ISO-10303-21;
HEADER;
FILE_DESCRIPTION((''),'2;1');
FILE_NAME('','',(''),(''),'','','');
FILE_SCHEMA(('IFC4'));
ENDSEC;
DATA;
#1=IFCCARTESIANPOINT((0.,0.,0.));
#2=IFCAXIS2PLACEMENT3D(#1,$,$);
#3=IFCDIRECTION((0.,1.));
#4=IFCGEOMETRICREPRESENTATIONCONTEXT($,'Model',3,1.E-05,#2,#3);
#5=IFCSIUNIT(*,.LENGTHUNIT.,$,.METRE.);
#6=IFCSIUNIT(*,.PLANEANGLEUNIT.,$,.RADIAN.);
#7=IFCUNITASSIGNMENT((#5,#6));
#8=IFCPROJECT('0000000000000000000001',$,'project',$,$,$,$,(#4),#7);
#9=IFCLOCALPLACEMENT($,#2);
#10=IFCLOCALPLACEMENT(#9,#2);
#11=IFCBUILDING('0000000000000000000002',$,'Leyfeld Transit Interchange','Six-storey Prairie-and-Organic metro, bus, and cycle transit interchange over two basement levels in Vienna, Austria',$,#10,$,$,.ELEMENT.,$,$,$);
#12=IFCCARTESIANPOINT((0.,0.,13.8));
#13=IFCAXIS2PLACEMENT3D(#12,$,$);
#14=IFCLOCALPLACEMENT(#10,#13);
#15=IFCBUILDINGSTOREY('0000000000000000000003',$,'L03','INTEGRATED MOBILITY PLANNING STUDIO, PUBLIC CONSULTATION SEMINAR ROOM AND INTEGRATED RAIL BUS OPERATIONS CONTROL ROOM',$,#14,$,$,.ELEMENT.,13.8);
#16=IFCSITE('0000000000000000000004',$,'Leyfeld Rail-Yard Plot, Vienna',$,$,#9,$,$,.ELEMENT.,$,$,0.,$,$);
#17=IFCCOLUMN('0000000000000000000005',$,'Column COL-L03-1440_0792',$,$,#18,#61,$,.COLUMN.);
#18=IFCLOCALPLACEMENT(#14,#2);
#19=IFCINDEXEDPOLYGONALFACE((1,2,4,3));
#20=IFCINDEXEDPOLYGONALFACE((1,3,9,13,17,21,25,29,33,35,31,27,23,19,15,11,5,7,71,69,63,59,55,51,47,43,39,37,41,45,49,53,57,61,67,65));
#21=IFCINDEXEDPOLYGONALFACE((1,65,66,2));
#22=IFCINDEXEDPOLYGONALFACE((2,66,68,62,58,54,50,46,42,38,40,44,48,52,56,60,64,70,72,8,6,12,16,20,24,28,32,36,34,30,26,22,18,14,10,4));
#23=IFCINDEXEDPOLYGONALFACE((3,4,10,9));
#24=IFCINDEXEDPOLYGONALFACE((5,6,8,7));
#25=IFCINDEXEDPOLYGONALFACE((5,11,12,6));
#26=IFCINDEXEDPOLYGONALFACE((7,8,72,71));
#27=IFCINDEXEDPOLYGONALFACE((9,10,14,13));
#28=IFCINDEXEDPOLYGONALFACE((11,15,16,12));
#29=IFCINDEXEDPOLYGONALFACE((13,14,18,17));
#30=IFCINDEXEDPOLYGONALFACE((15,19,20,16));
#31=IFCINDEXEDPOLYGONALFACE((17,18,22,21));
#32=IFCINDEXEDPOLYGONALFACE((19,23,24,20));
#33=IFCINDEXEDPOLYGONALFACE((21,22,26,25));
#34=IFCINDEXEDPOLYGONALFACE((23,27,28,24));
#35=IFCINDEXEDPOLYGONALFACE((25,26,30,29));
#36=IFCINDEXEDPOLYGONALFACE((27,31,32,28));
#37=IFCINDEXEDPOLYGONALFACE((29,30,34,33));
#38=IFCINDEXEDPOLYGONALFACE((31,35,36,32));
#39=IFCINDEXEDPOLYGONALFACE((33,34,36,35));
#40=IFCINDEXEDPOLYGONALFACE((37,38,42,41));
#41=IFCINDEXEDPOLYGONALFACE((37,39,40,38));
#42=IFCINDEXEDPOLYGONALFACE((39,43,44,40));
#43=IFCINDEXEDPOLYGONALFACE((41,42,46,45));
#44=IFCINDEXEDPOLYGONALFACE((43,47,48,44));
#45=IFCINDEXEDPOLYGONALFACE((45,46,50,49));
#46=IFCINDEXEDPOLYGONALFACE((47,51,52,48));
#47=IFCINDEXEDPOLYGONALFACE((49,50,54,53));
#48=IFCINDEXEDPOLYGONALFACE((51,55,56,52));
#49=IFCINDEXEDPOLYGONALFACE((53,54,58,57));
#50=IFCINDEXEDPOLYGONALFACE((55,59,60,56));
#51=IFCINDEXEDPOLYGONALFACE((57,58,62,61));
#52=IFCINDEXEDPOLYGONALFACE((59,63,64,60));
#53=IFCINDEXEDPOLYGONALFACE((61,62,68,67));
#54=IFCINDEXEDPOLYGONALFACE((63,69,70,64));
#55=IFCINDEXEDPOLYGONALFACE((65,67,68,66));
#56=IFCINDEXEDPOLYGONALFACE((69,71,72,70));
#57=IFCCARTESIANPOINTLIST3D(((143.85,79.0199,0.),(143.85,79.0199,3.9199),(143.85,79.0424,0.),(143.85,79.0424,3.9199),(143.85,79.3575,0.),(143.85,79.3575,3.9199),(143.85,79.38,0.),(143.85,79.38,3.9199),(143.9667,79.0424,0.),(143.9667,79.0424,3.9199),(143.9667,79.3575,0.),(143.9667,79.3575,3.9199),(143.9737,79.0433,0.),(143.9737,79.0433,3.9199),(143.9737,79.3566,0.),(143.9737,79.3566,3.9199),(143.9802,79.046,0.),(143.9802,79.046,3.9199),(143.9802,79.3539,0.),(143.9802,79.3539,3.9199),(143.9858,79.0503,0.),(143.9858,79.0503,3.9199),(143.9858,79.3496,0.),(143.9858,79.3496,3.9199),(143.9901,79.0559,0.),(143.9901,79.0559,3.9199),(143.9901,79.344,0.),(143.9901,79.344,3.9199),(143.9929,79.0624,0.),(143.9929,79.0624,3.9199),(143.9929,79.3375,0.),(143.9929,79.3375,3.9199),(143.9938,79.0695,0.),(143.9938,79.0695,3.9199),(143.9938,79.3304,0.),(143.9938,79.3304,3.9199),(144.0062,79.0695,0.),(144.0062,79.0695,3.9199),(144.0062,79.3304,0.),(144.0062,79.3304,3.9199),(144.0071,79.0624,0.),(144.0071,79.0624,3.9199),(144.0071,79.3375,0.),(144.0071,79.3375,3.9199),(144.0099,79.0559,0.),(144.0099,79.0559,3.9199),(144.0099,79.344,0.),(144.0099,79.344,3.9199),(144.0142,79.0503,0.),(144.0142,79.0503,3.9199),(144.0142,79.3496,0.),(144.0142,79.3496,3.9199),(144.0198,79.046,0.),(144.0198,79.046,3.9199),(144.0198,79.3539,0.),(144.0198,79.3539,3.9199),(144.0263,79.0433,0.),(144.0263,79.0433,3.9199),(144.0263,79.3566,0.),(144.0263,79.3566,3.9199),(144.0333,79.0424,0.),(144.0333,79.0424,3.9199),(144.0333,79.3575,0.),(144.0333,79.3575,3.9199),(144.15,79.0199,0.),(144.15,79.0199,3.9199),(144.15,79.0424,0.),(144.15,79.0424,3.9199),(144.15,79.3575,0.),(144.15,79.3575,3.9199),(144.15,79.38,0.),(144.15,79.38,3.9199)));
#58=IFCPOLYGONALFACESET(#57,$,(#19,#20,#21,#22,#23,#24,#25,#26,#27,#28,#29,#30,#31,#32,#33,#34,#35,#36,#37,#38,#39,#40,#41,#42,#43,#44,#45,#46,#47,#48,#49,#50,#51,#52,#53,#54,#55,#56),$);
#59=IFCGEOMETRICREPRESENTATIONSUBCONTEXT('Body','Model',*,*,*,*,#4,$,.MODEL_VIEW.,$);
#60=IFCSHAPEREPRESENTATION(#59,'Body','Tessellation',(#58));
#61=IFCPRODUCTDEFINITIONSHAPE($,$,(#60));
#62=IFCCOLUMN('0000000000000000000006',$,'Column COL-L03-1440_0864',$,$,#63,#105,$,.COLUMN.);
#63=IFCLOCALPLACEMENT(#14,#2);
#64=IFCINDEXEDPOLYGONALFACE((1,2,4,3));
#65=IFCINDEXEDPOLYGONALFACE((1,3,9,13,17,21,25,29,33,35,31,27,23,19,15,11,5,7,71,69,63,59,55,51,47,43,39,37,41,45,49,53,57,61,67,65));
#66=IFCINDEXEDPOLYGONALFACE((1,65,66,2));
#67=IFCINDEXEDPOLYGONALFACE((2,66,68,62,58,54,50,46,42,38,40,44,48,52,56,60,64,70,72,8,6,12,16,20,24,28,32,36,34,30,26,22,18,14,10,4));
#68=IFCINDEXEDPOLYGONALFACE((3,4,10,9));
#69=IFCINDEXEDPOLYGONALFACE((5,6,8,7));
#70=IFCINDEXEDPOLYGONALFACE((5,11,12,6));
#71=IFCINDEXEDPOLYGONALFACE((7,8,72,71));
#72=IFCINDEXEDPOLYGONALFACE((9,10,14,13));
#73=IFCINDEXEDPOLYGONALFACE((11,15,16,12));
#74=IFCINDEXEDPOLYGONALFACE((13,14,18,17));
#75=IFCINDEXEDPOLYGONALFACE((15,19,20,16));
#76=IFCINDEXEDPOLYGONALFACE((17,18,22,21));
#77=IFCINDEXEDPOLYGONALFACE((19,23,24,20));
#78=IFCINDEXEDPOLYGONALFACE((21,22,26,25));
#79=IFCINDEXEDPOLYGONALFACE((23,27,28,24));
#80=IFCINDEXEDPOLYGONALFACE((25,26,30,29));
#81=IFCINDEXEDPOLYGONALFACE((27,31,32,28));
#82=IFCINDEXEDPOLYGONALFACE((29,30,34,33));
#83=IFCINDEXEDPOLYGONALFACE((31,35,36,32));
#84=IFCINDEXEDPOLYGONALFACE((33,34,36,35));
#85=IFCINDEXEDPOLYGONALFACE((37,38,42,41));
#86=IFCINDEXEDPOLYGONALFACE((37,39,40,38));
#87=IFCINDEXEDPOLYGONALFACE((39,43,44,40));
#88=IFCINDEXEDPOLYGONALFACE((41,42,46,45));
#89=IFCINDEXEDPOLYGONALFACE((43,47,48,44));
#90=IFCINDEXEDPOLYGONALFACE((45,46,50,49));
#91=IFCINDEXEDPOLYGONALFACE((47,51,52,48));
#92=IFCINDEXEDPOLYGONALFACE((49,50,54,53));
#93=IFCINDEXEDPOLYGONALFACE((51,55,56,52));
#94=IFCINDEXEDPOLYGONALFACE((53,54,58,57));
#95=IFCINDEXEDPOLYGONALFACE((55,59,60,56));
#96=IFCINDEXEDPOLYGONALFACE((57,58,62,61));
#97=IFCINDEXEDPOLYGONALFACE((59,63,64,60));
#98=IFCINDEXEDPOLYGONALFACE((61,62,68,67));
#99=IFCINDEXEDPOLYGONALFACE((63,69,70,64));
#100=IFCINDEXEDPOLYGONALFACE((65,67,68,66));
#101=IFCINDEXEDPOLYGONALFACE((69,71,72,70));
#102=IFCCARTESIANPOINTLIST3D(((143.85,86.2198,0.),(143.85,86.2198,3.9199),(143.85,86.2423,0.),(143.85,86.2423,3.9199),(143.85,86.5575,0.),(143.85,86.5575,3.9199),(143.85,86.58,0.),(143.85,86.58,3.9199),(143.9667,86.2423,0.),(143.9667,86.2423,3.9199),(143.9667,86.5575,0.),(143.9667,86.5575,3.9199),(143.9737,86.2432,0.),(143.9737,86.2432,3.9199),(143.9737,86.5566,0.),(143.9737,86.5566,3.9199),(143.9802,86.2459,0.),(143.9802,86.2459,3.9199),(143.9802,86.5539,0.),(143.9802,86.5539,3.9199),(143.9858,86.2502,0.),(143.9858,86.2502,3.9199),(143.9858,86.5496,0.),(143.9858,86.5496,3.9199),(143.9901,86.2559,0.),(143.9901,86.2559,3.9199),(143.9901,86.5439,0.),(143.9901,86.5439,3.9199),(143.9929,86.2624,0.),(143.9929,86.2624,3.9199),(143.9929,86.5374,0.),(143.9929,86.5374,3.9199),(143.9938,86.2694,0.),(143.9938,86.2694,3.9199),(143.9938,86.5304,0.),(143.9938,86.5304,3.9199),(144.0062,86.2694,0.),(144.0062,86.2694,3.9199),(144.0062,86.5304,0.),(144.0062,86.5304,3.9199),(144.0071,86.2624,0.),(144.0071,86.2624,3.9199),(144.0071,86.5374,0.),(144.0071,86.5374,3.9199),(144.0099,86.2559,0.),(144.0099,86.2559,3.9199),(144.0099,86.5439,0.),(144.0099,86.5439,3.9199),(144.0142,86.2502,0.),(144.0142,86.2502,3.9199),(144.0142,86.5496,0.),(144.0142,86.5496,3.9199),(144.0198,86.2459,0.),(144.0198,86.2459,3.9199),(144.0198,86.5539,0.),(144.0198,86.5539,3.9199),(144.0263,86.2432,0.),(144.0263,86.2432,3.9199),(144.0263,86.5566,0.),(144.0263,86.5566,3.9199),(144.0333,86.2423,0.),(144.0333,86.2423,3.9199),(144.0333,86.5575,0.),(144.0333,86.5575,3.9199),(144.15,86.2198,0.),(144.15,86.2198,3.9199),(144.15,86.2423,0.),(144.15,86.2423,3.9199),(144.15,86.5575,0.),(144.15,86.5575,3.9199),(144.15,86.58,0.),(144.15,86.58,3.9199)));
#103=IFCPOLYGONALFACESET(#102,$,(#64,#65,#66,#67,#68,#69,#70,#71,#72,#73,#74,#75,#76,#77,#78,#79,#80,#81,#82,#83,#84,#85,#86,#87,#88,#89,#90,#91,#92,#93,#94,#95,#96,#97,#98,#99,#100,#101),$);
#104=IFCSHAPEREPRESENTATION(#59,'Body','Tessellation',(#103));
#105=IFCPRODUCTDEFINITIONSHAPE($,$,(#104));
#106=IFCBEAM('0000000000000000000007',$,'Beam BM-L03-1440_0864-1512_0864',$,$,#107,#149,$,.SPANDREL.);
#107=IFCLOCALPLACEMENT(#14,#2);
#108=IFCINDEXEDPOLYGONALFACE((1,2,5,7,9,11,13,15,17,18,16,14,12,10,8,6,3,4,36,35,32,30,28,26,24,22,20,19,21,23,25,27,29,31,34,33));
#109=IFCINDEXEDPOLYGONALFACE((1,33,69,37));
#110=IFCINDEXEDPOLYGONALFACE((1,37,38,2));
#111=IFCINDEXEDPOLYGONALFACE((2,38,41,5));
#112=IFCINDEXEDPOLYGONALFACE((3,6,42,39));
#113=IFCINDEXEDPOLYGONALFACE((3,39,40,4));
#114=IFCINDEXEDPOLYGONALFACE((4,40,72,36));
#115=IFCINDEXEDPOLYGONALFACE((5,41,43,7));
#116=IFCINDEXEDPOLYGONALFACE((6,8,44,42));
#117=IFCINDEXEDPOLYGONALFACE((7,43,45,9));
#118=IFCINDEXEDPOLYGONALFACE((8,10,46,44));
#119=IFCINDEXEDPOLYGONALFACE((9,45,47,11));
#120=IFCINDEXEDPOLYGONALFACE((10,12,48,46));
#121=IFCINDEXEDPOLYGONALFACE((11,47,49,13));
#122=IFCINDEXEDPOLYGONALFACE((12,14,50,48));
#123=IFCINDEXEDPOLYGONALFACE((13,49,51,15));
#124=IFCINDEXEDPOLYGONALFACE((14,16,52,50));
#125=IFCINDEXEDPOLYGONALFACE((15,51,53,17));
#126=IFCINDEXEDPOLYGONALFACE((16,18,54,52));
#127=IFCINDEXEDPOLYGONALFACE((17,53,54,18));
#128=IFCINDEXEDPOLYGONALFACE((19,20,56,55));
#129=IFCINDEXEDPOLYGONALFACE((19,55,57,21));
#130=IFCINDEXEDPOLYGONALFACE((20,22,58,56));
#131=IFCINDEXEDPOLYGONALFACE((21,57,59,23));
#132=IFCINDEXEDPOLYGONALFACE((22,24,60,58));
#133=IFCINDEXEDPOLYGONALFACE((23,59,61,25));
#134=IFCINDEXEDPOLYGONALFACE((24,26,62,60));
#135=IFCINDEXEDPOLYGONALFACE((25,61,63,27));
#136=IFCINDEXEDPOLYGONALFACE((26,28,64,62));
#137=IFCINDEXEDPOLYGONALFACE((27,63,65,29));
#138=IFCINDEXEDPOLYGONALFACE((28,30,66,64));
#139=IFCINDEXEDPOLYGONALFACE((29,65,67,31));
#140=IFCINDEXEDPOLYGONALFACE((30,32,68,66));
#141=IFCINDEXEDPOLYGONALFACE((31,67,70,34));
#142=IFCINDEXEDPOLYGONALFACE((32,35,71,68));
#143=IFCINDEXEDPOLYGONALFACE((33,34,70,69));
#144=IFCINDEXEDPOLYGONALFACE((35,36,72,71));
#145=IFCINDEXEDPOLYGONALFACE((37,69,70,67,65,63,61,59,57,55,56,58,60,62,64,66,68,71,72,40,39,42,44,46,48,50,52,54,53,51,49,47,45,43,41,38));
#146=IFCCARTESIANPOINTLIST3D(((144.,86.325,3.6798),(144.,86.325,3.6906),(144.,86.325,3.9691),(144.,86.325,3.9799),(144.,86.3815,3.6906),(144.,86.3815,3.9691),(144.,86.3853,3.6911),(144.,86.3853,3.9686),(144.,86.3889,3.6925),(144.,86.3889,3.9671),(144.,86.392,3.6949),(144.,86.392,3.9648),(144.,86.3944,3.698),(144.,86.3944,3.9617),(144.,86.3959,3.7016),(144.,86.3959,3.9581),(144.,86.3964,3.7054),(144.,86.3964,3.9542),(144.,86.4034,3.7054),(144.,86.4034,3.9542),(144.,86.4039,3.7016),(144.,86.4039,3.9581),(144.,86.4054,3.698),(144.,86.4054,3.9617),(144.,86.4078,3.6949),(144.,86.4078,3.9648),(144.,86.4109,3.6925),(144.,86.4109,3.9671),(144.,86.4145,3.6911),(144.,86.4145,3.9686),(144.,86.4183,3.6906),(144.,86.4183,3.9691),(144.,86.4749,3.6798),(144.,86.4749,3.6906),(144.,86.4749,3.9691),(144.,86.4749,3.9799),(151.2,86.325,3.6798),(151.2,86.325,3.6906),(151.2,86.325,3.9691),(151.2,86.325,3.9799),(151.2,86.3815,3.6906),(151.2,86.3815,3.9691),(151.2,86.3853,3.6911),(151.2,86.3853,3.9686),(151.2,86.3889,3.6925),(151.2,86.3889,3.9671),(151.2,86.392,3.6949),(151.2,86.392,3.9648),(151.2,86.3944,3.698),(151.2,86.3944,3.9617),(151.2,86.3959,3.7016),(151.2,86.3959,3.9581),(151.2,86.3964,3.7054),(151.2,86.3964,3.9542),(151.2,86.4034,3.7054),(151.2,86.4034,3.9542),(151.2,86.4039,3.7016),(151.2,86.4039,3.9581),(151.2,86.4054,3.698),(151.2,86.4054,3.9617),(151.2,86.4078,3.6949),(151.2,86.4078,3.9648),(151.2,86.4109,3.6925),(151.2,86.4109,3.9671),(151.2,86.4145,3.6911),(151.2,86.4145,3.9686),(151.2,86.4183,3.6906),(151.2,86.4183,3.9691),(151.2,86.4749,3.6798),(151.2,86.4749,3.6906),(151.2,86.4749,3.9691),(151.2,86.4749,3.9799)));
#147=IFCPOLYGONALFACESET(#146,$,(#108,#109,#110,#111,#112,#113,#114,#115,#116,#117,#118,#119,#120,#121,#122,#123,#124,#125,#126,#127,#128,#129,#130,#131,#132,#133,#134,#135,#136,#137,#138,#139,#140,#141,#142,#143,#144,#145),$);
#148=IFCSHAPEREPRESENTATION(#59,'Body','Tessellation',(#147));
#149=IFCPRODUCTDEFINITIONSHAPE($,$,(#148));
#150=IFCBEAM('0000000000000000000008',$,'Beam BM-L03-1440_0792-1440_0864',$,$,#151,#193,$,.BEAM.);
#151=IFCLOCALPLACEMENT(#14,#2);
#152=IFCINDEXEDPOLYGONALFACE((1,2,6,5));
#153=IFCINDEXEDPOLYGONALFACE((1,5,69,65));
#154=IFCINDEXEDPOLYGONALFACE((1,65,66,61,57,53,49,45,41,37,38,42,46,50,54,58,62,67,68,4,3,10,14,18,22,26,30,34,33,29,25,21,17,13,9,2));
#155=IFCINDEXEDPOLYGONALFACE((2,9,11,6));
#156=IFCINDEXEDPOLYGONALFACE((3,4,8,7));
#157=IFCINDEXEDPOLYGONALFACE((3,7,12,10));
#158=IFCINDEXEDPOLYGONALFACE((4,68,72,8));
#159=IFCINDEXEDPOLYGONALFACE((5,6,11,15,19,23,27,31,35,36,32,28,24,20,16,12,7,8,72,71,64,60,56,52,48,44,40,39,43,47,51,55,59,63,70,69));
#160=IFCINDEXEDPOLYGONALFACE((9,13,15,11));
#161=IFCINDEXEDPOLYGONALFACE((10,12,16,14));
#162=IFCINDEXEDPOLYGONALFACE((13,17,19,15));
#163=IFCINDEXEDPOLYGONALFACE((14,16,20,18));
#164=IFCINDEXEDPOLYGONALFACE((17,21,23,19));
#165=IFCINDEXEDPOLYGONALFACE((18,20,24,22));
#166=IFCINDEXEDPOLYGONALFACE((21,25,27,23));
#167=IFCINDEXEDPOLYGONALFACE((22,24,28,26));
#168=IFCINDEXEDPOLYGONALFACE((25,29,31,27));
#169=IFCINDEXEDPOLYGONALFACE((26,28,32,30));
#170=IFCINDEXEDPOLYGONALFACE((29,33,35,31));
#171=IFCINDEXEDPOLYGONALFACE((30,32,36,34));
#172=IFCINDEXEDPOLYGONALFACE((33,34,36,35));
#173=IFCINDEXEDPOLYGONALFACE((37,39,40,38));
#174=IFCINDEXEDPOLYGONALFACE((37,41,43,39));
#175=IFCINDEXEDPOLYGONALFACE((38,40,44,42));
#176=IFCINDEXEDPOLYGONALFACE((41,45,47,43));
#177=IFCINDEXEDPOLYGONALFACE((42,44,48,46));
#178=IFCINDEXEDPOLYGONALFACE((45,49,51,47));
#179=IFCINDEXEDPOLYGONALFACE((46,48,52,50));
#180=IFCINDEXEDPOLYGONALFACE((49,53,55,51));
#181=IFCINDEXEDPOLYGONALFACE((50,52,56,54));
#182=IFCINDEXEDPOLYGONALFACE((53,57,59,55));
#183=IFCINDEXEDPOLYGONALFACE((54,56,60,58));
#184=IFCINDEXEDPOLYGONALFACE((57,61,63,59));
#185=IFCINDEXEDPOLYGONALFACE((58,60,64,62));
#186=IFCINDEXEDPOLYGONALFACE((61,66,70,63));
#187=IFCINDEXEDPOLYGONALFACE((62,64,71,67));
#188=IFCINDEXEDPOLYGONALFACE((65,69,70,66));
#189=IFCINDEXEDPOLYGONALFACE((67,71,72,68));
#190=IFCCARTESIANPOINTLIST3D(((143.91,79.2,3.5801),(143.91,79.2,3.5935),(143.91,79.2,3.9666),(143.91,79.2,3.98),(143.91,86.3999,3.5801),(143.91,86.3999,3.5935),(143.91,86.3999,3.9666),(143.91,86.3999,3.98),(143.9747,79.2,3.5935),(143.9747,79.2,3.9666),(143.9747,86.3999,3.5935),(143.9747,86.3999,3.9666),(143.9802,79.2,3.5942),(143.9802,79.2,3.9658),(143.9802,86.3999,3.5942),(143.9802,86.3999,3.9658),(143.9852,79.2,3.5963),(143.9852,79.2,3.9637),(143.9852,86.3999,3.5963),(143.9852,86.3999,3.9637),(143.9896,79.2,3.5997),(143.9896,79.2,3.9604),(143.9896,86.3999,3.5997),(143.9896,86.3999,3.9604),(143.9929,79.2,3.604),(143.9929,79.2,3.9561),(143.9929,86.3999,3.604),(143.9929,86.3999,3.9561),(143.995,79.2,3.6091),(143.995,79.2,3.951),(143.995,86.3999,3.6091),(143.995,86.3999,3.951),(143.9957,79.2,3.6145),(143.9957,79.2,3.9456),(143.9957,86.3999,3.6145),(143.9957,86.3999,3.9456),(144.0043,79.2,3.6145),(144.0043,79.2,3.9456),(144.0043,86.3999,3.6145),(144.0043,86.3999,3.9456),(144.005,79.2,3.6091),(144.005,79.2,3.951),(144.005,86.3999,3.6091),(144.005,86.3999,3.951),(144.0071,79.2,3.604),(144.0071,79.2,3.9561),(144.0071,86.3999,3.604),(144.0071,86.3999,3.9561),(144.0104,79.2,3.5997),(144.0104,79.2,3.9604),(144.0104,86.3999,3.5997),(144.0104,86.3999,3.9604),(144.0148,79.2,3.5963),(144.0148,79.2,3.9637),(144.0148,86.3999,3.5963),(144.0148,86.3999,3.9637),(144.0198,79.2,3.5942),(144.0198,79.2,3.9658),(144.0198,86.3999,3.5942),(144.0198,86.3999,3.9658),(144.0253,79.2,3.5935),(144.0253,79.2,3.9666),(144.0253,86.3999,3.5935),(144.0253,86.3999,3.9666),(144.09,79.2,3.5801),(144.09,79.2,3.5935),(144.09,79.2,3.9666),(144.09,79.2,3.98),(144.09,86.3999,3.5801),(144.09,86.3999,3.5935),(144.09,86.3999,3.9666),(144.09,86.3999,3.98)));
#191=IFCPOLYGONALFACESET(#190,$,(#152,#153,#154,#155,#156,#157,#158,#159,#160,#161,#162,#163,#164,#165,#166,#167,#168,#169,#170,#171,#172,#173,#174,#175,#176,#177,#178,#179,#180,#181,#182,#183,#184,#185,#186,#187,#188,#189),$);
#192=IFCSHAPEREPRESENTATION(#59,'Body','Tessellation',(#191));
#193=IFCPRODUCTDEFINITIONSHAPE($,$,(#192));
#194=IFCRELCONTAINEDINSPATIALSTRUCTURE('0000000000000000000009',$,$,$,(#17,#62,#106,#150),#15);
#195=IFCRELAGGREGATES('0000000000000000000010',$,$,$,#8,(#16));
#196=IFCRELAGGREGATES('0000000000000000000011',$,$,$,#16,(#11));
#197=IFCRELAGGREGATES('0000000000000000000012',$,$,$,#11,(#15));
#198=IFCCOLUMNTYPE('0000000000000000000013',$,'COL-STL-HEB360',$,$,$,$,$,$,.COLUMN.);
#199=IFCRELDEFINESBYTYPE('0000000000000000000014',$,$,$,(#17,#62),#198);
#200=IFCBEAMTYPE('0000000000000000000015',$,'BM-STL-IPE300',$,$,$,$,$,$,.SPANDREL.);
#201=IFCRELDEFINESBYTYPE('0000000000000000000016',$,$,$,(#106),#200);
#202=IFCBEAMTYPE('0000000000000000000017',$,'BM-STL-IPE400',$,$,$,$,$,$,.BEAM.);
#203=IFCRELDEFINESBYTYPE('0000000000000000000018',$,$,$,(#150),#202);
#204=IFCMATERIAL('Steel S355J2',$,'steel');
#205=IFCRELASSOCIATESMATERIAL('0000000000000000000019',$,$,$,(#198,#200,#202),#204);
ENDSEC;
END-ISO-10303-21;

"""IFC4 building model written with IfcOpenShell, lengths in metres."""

from ifc_helpers import new_model, si_unit, direction, frame, origin, origin_2d, place, context, subcontext, project, spatial, i_section, extrude, material, material_profile, profile_set, type_object, element, save


model = new_model("IFC4")

# Units and contexts
model_context = context("Model", 3, precision=1e-05, world=origin(), true_north=direction((0.0, 1.0)))
body_context = subcontext(model_context, "Body", "Model", "MODEL_VIEW")
ifc_project = project(units=[si_unit("LENGTHUNIT", "METRE"), si_unit("PLANEANGLEUNIT", "RADIAN")], contexts=[model_context])

# Site, building, storey
site_placement = place(None, origin())
site = spatial("IfcSite", under=ifc_project, at=site_placement, Name="Leyfeld Rail-Yard Plot, Vienna", CompositionType="ELEMENT", RefElevation=0.0)
building_placement = place(site_placement, origin())
building = spatial("IfcBuilding", under=site, at=building_placement, Name="Leyfeld Transit Interchange", Description="Six-storey Prairie-and-Organic metro, bus, and cycle transit interchange over two basement levels in Vienna, Austria", CompositionType="ELEMENT")
storey_placement = place(building_placement, frame((0.0, 0.0, 13.8)))
storey = spatial("IfcBuildingStorey", under=building, at=storey_placement, Name="L03", Description="INTEGRATED MOBILITY PLANNING STUDIO, PUBLIC CONSULTATION SEMINAR ROOM AND INTEGRATED RAIL BUS OPERATIONS CONTROL ROOM", CompositionType="ELEMENT", Elevation=13.8)

# Columns
ifc_material_1 = material(Name="Steel S355J2", Category="steel")
ifc_material_profile_1 = material_profile(ifc_material_1, i_section(OverallWidth=0.3, OverallDepth=0.3601, WebThickness=0.0125, FlangeThickness=0.0225, FilletRadius=0.0271, at=origin_2d()), Name="HEB 360")
ifc_profile_set_1 = profile_set([ifc_material_profile_1], Name="Steel S355J2")
column_type = type_object("IfcColumnType", Name="COL-STL-HEB360", PredefinedType="COLUMN", material=ifc_profile_set_1)
for number, where, z_axis, x_axis, name in (
    (1, (144.0, 79.2, 0.0), (0.0, 0.0, 1.0), (1.0, 0.0, 0.0), "Column COL-L03-1440_0792"),
    (2, (144.0, 86.3999, 0.0), (0.0, 0.0, 1.0), (1.0, 0.0, 0.0), "Column COL-L03-1440_0864"),
):
    element("IfcColumn", number, at=place(storey_placement, frame(where, z_axis=z_axis, x_axis=x_axis)), inside=storey, type_object=column_type, Name=name, PredefinedType="COLUMN", context=body_context, shape_type="SweptSolid", body=[
        extrude(i_section(OverallWidth=0.3, OverallDepth=0.3601, WebThickness=0.0125, FlangeThickness=0.0225, FilletRadius=0.0271, at=origin_2d()), origin(), (0.0, 0.0, 1.0), 3.9199),
    ])

# Beams
ifc_material_profile_2 = material_profile(ifc_material_1, i_section(OverallWidth=0.1499, OverallDepth=0.3, WebThickness=0.0071, FlangeThickness=0.0107, FilletRadius=0.0149, at=origin_2d()), Name="IPE 300")
ifc_profile_set_2 = profile_set([ifc_material_profile_2], Name="Steel S355J2")
beam_type_1 = type_object("IfcBeamType", Name="BM-STL-IPE300", PredefinedType="SPANDREL", material=ifc_profile_set_2)
beam_1_placement = place(storey_placement, frame((144.0, 86.3999, 3.8298), z_axis=(1.0, 0.0, 0.0), x_axis=(0.0, 1.0, 0.0)))
element("IfcBeam", 3, at=beam_1_placement, inside=storey, type_object=beam_type_1, Name="Beam BM-L03-1440_0864-1512_0864", PredefinedType="SPANDREL", context=body_context, shape_type="SweptSolid", body=[
    extrude(i_section(OverallWidth=0.1499, OverallDepth=0.3, WebThickness=0.0071, FlangeThickness=0.0107, FilletRadius=0.0149, at=origin_2d()), origin(), (0.0, 0.0, 1.0), 7.2),
])
ifc_material_profile_3 = material_profile(ifc_material_1, i_section(OverallWidth=0.1799, OverallDepth=0.3999, WebThickness=0.0085, FlangeThickness=0.0134, FilletRadius=0.021, at=origin_2d()), Name="IPE 400")
ifc_profile_set_3 = profile_set([ifc_material_profile_3], Name="Steel S355J2")
beam_type_2 = type_object("IfcBeamType", Name="BM-STL-IPE400", PredefinedType="BEAM", material=ifc_profile_set_3)
beam_2_placement = place(storey_placement, frame((144.0, 79.2, 3.78), z_axis=(0.0, 1.0, 0.0), x_axis=(-1.0, 0.0, 0.0)))
element("IfcBeam", 4, at=beam_2_placement, inside=storey, type_object=beam_type_2, Name="Beam BM-L03-1440_0792-1440_0864", PredefinedType="BEAM", context=body_context, shape_type="SweptSolid", body=[
    extrude(i_section(OverallWidth=0.1799, OverallDepth=0.3999, WebThickness=0.0085, FlangeThickness=0.0134, FilletRadius=0.021, at=origin_2d()), origin(), (0.0, 0.0, 1.0), 7.2),
])

save(model, "model.ifc")
